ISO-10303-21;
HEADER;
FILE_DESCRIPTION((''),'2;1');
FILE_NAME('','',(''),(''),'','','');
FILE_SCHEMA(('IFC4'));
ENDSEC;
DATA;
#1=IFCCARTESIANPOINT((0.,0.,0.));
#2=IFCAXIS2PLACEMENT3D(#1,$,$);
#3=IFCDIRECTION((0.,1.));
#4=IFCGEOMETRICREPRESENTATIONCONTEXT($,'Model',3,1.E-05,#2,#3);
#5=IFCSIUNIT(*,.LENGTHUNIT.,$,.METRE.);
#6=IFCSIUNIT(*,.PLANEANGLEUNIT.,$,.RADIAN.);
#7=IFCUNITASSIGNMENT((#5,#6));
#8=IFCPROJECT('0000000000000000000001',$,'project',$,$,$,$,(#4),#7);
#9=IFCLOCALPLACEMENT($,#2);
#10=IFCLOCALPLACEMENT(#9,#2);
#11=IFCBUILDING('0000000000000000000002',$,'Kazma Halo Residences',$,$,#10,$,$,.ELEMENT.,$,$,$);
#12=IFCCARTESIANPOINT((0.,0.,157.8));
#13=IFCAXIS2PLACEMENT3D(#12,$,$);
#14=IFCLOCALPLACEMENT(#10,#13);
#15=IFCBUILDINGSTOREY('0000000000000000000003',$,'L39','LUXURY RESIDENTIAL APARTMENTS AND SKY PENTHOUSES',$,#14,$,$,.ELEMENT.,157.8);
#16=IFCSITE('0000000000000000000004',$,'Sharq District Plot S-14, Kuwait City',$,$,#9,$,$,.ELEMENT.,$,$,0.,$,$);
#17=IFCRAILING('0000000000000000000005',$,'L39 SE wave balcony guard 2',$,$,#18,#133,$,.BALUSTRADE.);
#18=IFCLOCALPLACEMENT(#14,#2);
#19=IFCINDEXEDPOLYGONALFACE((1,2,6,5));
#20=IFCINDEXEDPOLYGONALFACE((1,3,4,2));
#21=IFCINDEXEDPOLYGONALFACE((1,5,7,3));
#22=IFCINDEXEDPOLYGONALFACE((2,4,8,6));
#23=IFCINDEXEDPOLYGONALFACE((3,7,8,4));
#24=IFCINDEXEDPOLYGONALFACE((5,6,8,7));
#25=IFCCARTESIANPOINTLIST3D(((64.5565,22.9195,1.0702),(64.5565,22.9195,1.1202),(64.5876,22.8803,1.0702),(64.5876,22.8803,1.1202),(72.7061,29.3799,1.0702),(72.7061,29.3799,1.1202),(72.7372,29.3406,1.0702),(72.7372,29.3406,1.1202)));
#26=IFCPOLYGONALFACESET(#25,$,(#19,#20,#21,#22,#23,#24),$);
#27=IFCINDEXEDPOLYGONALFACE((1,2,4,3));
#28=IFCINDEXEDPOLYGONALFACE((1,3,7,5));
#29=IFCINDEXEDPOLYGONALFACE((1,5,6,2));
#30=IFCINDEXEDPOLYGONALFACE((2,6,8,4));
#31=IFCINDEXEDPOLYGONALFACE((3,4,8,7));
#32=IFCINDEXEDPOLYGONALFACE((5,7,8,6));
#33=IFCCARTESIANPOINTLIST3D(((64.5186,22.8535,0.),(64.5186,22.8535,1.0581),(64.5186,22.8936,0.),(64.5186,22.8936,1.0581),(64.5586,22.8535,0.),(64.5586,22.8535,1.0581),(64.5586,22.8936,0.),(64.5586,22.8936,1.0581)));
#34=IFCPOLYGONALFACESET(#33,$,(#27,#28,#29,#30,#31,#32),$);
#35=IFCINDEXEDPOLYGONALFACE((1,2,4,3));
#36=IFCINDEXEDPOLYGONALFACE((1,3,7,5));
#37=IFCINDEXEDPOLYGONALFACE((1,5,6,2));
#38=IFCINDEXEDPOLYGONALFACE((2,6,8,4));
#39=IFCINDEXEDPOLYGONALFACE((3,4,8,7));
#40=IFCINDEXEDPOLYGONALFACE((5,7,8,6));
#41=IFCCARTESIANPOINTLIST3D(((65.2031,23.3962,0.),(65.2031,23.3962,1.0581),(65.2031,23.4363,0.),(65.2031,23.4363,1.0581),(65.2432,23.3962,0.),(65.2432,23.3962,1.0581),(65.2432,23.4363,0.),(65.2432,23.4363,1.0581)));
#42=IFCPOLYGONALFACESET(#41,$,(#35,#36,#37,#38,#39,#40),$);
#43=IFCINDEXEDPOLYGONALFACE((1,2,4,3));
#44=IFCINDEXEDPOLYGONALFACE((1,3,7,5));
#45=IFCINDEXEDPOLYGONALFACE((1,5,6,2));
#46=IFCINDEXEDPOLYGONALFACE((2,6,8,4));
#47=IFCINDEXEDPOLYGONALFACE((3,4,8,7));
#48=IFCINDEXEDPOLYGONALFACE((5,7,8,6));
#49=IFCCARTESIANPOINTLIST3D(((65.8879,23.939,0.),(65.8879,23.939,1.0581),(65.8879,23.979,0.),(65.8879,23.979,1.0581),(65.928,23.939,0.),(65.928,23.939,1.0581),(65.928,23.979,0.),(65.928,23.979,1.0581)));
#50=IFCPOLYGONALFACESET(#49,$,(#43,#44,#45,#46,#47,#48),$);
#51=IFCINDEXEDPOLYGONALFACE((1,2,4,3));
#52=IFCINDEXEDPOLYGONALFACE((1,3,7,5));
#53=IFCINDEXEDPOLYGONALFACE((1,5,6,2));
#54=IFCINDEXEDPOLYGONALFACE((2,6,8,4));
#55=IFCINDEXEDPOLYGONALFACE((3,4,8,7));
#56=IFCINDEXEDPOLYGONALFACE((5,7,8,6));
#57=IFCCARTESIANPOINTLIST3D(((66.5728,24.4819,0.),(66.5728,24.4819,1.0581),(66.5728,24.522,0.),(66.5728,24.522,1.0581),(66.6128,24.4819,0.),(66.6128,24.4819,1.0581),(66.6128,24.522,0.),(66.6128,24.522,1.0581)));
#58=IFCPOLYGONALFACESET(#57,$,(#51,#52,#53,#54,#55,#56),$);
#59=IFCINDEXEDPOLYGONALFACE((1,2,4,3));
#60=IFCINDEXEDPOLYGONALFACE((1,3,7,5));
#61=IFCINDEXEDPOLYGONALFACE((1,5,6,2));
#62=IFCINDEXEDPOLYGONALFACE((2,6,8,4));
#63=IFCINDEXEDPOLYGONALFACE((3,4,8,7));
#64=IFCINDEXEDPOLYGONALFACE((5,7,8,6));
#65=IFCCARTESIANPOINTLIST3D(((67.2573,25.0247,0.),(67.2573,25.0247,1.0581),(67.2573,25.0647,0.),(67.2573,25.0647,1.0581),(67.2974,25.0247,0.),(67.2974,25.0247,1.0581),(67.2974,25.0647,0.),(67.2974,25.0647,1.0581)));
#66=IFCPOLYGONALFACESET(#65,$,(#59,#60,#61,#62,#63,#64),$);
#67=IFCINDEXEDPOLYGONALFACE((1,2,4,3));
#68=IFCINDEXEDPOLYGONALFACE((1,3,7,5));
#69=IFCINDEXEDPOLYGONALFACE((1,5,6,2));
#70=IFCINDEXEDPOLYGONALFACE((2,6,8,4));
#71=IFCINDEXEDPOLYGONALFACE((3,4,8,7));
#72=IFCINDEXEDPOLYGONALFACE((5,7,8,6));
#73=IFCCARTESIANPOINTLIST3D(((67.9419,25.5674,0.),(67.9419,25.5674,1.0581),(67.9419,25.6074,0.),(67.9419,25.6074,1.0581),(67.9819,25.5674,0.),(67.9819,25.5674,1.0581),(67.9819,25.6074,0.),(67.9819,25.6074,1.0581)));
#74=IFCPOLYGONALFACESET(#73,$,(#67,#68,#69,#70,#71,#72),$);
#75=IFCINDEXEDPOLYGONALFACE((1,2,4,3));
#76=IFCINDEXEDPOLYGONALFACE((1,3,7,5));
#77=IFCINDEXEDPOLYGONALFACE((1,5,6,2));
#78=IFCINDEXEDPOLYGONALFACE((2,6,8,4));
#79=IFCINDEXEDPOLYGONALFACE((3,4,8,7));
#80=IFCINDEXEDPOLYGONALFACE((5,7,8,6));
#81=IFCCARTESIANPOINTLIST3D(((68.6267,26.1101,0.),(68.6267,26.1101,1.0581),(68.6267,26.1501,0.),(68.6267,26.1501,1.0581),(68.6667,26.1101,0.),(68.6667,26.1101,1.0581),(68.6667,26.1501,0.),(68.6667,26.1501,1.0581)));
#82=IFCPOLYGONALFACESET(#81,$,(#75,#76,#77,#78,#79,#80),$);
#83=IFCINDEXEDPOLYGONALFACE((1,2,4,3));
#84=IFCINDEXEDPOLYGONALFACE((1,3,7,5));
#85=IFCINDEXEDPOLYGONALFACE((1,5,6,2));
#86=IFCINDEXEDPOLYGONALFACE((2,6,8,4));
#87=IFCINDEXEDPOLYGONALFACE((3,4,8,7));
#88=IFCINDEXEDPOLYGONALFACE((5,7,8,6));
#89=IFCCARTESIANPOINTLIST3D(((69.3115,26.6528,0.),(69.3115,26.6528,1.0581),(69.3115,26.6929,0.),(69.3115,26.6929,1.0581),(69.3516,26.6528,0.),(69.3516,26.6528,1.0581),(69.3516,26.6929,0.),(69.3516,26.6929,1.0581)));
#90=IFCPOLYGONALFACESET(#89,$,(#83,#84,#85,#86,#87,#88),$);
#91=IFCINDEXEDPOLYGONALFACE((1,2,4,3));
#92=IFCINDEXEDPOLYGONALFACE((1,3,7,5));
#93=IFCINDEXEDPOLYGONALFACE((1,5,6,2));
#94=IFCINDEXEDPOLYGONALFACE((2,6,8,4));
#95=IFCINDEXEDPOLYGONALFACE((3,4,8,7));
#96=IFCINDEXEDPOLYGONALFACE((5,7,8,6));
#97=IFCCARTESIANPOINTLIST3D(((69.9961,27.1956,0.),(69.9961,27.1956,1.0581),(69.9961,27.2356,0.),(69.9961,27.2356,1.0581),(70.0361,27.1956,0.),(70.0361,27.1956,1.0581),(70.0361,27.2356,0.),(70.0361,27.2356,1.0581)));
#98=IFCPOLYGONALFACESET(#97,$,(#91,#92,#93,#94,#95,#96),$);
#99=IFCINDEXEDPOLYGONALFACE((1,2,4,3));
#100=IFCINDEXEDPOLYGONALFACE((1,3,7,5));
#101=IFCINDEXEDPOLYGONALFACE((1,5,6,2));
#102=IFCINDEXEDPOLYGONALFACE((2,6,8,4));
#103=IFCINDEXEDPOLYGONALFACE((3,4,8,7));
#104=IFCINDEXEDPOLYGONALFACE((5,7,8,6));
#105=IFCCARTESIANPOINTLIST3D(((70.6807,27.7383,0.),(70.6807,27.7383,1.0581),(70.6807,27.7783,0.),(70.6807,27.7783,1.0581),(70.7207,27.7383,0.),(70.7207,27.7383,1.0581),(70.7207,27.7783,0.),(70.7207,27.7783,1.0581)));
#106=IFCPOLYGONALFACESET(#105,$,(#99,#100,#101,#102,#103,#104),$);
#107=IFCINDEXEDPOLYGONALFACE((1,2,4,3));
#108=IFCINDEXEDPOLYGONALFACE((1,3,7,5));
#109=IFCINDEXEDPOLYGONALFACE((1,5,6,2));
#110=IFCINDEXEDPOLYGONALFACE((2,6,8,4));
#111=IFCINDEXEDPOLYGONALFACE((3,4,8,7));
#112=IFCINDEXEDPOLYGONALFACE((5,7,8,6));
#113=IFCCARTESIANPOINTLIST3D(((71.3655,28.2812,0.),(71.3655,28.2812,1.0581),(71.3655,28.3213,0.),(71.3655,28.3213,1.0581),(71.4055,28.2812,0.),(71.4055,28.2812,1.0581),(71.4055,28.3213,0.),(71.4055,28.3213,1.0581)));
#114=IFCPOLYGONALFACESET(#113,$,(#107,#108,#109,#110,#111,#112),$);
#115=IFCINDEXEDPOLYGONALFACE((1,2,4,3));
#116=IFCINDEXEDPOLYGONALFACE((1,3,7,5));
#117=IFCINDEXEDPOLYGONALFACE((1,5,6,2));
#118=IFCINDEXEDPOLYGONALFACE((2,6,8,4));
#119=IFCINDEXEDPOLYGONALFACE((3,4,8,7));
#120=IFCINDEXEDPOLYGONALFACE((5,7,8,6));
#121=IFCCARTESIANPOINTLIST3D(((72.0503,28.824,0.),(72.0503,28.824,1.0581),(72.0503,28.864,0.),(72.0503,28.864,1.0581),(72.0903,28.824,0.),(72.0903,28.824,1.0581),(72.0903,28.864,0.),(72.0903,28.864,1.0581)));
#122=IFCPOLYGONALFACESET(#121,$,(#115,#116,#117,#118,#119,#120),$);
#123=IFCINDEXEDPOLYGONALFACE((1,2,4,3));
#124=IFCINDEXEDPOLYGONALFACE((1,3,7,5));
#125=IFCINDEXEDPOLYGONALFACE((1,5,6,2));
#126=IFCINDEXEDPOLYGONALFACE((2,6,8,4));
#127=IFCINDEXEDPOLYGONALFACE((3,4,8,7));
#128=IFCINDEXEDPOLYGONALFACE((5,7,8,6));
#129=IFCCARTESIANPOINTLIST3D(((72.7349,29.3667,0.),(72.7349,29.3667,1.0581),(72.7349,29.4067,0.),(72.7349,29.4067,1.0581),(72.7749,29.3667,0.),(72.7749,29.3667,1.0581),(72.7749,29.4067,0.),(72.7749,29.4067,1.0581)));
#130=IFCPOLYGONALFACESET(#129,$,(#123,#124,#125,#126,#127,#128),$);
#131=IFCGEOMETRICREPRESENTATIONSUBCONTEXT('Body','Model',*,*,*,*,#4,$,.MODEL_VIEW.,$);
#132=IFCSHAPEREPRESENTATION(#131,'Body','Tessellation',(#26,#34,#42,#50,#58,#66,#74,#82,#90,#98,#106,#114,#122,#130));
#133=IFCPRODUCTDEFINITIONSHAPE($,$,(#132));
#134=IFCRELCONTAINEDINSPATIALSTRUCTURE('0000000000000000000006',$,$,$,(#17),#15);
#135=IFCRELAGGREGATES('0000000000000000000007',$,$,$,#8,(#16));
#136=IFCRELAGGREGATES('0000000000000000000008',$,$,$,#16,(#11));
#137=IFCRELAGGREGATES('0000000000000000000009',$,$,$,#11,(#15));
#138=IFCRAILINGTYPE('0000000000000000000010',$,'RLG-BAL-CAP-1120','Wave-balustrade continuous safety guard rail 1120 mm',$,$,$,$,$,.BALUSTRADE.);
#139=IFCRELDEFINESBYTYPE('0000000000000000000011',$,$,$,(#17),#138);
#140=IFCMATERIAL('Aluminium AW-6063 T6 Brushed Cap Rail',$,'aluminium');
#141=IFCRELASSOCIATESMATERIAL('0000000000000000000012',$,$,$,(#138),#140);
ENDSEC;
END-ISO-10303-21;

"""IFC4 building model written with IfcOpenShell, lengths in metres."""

from ifc_helpers import new_model, si_unit, direction, frame, origin, origin_2d, place, context, subcontext, project, spatial, rectangle, extrude, material, type_object, element, save


model = new_model("IFC4")

# Units and contexts
model_context = context("Model", 3, precision=1e-05, world=origin(), true_north=direction((0.0, 1.0)))
body_context = subcontext(model_context, "Body", "Model", "MODEL_VIEW")
ifc_project = project(units=[si_unit("LENGTHUNIT", "METRE"), si_unit("PLANEANGLEUNIT", "RADIAN")], contexts=[model_context])

# Site, building, storey
site_placement = place(None, origin())
site = spatial("IfcSite", under=ifc_project, at=site_placement, Name="Sharq District Plot S-14, Kuwait City", CompositionType="ELEMENT", RefElevation=0.0)
building_placement = place(site_placement, origin())
building = spatial("IfcBuilding", under=site, at=building_placement, Name="Kazma Halo Residences", CompositionType="ELEMENT")
storey_placement = place(building_placement, frame((0.0, 0.0, 157.8)))
storey = spatial("IfcBuildingStorey", under=building, at=storey_placement, Name="L39", Description="LUXURY RESIDENTIAL APARTMENTS AND SKY PENTHOUSES", CompositionType="ELEMENT", Elevation=157.8)

# Railing
ifc_material_1 = material(Name="Aluminium AW-6063 T6 Brushed Cap Rail", Category="aluminium")
railing_type = type_object("IfcRailingType", Name="RLG-BAL-CAP-1120", Description="Wave-balustrade continuous safety guard rail 1120 mm", PredefinedType="BALUSTRADE", material=ifc_material_1)
railing_1_placement = place(storey_placement, frame((64.5386, 22.8735, 0.0)))
element("IfcRailing", 1, at=railing_1_placement, inside=storey, type_object=railing_type, Name="L39 SE wave balcony guard 2", PredefinedType="BALUSTRADE", context=body_context, shape_type="SweptSolid", body=[
    extrude(rectangle(XDim=0.05, YDim=0.05, at=origin_2d()), frame((0.0334, 0.0264, 1.0952), z_axis=(0.783646, 0.621207, 0.0), x_axis=(-0.621207, 0.783646, 0.0)), (0.0, 0.0, 1.0), 10.3997),
    extrude(rectangle(XDim=0.04, YDim=0.04, at=origin_2d()), origin(), (0.0, 0.0, 1.0), 1.0581),
    extrude(rectangle(XDim=0.04, YDim=0.04, at=origin_2d()), frame((0.6846, 0.5427, 0.0)), (0.0, 0.0, 1.0), 1.0581),
    extrude(rectangle(XDim=0.04, YDim=0.04, at=origin_2d()), frame((1.3694, 1.0854, 0.0)), (0.0, 0.0, 1.0), 1.0581),
    extrude(rectangle(XDim=0.04, YDim=0.04, at=origin_2d()), frame((2.0542, 1.6284, 0.0)), (0.0, 0.0, 1.0), 1.0581),
    extrude(rectangle(XDim=0.04, YDim=0.04, at=origin_2d()), frame((2.7388, 2.1711, 0.0)), (0.0, 0.0, 1.0), 1.0581),
    extrude(rectangle(XDim=0.04, YDim=0.04, at=origin_2d()), frame((3.4233, 2.7139, 0.0)), (0.0, 0.0, 1.0), 1.0581),
    extrude(rectangle(XDim=0.04, YDim=0.04, at=origin_2d()), frame((4.1082, 3.2566, 0.0)), (0.0, 0.0, 1.0), 1.0581),
    extrude(rectangle(XDim=0.04, YDim=0.04, at=origin_2d()), frame((4.793, 3.7993, 0.0)), (0.0, 0.0, 1.0), 1.0581),
    extrude(rectangle(XDim=0.04, YDim=0.04, at=origin_2d()), frame((5.4775, 4.342, 0.0)), (0.0, 0.0, 1.0), 1.0581),
    extrude(rectangle(XDim=0.04, YDim=0.04, at=origin_2d()), frame((6.1621, 4.8848, 0.0)), (0.0, 0.0, 1.0), 1.0581),
    extrude(rectangle(XDim=0.04, YDim=0.04, at=origin_2d()), frame((6.8469, 5.4277, 0.0)), (0.0, 0.0, 1.0), 1.0581),
    extrude(rectangle(XDim=0.04, YDim=0.04, at=origin_2d()), frame((7.5317, 5.9705, 0.0)), (0.0, 0.0, 1.0), 1.0581),
    extrude(rectangle(XDim=0.04, YDim=0.04, at=origin_2d()), frame((8.2163, 6.5132, 0.0)), (0.0, 0.0, 1.0), 1.0581),
])

save(model, "model.ifc")
